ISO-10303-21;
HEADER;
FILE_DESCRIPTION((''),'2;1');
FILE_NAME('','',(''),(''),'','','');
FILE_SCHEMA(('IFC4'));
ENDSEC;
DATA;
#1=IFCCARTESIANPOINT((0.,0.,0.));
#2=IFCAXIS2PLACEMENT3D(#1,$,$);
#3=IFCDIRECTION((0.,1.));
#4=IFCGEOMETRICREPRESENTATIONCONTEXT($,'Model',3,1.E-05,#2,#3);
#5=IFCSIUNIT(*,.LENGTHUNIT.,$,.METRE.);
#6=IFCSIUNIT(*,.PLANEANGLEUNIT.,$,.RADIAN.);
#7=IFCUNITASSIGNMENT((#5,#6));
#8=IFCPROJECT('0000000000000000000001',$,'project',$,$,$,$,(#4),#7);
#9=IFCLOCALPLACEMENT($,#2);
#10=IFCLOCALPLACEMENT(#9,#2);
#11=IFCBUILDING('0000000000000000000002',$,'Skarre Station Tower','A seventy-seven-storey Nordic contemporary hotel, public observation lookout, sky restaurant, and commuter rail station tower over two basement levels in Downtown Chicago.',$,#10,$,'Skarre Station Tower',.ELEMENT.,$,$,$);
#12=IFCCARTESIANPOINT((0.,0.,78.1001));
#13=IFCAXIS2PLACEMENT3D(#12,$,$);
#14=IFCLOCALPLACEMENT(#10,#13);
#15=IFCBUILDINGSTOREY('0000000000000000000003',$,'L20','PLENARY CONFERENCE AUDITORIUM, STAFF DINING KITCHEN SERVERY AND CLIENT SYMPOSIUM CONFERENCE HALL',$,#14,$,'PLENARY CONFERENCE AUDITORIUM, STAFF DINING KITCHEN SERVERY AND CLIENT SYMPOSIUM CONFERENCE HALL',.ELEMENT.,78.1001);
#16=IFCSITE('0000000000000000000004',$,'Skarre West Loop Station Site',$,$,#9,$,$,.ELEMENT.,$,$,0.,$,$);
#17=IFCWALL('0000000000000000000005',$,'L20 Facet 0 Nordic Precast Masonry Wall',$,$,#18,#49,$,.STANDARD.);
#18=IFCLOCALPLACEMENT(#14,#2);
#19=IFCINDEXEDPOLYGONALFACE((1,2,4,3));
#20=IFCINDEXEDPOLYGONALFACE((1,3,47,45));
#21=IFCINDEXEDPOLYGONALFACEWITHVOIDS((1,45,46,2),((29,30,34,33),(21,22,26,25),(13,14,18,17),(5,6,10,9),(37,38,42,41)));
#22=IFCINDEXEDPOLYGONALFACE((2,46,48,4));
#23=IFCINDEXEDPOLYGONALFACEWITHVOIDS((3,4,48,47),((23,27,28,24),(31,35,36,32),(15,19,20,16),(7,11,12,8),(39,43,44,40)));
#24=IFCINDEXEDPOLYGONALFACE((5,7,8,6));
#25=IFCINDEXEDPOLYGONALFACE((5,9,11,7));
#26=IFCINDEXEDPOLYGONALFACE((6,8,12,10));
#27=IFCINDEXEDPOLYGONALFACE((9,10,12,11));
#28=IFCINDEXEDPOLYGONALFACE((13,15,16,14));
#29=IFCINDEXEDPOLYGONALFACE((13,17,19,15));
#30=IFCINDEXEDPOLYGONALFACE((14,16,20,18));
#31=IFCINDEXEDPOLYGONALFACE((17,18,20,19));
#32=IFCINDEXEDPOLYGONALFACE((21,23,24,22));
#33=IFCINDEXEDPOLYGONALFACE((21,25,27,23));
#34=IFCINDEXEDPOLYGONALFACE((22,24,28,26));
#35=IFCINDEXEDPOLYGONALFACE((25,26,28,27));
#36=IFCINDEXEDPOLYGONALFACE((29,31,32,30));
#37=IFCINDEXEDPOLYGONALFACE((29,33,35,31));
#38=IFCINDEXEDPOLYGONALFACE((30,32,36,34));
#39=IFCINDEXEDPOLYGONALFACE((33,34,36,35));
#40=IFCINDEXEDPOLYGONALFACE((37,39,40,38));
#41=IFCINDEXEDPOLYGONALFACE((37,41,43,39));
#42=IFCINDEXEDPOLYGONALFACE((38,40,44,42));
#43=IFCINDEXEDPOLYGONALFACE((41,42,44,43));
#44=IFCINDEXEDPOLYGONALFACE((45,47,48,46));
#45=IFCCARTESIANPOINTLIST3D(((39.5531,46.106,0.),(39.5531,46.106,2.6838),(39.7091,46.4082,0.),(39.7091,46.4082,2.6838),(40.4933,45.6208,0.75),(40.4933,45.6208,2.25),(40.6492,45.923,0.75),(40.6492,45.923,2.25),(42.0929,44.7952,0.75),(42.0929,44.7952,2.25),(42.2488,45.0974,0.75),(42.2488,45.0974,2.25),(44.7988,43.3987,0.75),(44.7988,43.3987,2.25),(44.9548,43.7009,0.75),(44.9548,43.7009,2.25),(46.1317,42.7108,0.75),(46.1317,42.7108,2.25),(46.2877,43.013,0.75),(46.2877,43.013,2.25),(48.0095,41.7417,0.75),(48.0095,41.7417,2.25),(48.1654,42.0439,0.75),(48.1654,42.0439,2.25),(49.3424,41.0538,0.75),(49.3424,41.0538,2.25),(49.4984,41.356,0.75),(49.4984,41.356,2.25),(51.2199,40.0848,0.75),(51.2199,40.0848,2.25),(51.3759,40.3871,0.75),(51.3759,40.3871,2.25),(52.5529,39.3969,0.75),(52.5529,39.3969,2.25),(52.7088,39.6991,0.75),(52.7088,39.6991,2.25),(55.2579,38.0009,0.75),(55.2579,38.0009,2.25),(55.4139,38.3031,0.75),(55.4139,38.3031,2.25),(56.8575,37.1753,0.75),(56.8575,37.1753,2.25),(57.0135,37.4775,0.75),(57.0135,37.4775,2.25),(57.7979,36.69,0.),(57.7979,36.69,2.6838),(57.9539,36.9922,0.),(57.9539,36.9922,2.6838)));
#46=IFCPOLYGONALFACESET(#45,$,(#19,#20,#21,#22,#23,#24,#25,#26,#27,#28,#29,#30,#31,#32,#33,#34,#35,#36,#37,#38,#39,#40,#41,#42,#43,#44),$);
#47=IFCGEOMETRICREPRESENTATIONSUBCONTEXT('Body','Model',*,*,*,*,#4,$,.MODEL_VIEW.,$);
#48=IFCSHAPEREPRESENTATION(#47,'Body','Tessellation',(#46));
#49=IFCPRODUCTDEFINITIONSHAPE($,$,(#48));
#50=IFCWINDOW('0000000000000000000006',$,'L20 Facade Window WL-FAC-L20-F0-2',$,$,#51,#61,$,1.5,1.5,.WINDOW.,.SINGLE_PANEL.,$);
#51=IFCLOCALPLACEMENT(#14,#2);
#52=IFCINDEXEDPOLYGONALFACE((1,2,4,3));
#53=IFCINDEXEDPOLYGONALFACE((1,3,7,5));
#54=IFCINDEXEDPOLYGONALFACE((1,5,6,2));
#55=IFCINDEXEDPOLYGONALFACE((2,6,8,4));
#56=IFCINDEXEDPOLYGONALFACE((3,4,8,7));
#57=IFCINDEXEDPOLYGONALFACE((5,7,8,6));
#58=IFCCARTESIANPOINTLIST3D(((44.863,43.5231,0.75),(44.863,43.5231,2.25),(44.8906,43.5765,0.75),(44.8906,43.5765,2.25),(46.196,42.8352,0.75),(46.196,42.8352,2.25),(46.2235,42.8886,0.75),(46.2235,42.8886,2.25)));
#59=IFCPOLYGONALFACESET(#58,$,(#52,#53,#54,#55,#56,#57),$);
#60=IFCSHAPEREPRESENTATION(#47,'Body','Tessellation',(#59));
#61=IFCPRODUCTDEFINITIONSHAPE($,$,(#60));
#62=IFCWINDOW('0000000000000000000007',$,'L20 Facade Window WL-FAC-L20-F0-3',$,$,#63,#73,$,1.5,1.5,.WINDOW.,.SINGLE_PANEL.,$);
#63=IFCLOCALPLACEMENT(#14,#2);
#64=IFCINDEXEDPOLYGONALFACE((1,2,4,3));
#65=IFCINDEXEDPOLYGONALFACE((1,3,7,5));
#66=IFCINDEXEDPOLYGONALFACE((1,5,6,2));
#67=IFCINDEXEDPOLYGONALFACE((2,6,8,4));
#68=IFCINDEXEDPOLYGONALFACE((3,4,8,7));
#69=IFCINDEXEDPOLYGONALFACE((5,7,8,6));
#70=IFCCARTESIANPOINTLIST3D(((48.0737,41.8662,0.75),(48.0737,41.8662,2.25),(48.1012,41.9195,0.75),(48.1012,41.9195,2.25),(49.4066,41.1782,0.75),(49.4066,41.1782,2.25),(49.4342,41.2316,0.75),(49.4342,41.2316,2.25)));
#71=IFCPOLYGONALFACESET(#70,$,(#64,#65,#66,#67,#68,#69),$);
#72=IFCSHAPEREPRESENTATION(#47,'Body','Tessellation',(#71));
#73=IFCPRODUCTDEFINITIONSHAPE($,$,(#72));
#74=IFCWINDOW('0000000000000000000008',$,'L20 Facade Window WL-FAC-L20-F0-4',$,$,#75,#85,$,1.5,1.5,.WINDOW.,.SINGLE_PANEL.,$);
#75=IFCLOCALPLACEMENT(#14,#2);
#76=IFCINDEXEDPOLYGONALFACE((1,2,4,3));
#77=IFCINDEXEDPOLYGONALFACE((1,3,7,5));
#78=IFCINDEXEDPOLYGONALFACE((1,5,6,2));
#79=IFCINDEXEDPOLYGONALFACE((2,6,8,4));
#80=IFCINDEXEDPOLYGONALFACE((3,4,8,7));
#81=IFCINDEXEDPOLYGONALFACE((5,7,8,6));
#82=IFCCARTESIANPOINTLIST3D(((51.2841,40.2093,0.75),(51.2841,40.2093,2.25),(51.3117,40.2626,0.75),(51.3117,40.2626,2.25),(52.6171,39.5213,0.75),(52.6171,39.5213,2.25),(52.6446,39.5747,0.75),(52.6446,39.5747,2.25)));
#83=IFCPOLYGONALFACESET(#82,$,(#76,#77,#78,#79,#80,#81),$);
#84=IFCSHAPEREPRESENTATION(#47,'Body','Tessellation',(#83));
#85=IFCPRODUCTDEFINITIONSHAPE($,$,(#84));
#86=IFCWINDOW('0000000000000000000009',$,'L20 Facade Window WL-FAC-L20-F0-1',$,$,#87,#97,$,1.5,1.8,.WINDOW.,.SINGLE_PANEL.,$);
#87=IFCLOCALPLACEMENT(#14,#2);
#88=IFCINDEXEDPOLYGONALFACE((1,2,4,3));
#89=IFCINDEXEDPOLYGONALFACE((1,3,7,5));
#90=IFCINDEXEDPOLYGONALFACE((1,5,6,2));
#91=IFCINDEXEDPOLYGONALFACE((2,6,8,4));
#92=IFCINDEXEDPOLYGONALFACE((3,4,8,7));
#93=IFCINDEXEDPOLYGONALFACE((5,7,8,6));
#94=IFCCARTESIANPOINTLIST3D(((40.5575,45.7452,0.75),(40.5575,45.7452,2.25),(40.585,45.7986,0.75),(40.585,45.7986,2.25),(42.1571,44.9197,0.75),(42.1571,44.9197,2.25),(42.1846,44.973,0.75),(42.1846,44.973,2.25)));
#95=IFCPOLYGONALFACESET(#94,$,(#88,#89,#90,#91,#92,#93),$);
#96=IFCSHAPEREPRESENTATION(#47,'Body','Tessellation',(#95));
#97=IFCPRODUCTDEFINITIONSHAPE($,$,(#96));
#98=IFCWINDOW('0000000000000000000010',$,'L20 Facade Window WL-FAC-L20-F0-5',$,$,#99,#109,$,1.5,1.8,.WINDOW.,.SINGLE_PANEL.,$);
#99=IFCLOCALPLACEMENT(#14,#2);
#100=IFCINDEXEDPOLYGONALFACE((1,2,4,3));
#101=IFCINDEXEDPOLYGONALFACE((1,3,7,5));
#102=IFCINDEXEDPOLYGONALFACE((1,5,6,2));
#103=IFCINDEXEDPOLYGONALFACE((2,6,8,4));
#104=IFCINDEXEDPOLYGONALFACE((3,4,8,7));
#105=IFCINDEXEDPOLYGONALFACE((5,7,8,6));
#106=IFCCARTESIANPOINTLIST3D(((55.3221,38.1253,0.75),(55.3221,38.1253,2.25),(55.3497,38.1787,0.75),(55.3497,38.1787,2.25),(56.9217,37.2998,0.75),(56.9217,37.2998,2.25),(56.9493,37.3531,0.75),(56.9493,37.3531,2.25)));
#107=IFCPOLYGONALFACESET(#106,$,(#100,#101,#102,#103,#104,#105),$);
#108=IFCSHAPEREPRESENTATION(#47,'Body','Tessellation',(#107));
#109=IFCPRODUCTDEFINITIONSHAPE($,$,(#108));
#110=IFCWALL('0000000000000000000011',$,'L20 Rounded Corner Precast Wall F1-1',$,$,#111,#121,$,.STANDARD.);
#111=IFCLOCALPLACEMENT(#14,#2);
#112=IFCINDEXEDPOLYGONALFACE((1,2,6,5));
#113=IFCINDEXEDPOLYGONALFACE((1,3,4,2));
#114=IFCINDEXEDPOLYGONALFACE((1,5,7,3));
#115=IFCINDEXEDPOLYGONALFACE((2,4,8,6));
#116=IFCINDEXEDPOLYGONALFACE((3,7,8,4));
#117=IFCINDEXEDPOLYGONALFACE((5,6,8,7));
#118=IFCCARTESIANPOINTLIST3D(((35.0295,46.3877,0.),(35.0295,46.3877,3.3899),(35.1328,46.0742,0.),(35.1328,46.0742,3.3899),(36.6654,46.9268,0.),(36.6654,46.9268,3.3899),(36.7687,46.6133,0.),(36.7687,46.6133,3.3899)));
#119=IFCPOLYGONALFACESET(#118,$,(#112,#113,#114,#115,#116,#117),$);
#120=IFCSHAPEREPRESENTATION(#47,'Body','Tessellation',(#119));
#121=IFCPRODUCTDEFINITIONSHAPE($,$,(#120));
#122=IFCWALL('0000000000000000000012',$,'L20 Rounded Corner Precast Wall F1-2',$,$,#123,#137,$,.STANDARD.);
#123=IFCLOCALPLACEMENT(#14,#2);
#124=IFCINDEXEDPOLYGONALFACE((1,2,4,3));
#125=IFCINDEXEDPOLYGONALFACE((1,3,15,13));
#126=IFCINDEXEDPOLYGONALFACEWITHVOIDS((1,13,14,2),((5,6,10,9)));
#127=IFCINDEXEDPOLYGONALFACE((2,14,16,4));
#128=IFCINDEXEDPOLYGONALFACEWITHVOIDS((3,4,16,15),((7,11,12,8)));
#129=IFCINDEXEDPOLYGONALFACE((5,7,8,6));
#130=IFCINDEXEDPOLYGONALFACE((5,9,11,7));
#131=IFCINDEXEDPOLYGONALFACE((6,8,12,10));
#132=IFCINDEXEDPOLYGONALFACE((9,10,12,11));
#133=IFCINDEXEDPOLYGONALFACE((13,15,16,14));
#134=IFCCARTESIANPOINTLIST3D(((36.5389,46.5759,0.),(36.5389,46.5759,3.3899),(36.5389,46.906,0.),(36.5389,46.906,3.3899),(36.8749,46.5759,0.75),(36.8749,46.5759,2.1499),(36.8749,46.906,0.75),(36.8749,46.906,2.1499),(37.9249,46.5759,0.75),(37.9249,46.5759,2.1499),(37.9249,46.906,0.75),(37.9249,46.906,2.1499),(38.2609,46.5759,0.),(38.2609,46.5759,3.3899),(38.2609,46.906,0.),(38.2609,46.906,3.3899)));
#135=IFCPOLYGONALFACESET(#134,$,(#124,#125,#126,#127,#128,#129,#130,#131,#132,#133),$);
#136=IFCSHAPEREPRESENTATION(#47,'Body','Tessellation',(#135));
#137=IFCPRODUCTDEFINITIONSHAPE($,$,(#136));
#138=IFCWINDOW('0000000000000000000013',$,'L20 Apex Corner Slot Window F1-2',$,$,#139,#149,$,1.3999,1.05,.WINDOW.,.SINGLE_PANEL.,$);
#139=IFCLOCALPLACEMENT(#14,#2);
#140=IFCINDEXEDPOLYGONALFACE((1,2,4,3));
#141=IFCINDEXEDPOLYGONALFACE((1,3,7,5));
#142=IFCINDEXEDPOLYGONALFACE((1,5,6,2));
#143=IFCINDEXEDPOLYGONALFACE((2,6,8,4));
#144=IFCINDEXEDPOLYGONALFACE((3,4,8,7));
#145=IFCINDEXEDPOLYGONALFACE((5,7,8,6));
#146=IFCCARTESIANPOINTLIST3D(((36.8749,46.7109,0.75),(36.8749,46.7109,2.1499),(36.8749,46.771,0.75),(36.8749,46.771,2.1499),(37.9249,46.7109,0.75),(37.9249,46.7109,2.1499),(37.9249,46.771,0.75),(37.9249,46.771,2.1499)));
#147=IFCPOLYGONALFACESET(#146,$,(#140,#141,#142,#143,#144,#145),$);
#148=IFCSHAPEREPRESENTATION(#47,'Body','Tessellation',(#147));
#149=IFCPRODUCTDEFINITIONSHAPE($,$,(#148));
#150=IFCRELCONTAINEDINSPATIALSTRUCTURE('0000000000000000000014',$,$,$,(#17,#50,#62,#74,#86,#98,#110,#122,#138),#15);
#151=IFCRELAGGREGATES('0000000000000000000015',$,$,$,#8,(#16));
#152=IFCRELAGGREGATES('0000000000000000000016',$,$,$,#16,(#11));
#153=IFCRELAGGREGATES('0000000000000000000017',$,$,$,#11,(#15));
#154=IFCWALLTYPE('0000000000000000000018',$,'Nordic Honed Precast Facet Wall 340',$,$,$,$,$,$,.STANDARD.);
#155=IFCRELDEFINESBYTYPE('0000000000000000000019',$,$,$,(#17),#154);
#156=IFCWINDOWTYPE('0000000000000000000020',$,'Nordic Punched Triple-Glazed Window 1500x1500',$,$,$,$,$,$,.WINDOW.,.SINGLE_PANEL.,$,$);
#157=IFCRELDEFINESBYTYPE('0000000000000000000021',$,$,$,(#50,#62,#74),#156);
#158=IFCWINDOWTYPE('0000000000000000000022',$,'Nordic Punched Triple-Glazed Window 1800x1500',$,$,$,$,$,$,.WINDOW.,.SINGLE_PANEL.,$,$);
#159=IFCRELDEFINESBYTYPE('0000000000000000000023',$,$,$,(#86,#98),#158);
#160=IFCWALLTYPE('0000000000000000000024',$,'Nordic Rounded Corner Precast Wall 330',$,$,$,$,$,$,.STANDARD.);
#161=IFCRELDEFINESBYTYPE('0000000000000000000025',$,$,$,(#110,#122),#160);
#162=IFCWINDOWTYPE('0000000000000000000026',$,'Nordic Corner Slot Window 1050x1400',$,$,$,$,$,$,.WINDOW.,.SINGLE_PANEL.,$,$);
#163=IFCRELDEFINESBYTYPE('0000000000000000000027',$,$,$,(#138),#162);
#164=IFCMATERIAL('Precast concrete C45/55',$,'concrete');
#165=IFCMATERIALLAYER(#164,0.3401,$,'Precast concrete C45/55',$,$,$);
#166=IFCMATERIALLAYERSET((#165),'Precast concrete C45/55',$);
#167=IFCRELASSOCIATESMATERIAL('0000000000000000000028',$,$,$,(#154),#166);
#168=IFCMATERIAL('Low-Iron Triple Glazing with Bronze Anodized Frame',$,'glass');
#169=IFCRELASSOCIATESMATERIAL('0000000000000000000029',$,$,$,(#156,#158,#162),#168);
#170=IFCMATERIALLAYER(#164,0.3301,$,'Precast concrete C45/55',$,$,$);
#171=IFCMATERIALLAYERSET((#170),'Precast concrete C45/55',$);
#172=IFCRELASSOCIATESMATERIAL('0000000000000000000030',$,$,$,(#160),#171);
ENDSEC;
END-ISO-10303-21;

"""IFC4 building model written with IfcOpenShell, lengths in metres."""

from ifc_helpers import new_model, si_unit, direction, frame, frame_2d, origin, place, context, subcontext, project, spatial, rectangle, extrude, material, layer, layer_set, type_object, element, fill, save


model = new_model("IFC4")

# Units and contexts
model_context = context("Model", 3, precision=1e-05, world=origin(), true_north=direction((0.0, 1.0)))
body_context = subcontext(model_context, "Body", "Model", "MODEL_VIEW")
ifc_project = project(units=[si_unit("LENGTHUNIT", "METRE"), si_unit("PLANEANGLEUNIT", "RADIAN")], contexts=[model_context])

# Site, building, storey
site_placement = place(None, origin())
site = spatial("IfcSite", under=ifc_project, at=site_placement, Name="Skarre West Loop Station Site", CompositionType="ELEMENT", RefElevation=0.0)
building_placement = place(site_placement, origin())
building = spatial("IfcBuilding", under=site, at=building_placement, Name="Skarre Station Tower", Description="A seventy-seven-storey Nordic contemporary hotel, public observation lookout, sky restaurant, and commuter rail station tower over two basement levels in Downtown Chicago.", LongName="Skarre Station Tower", CompositionType="ELEMENT")
storey_placement = place(building_placement, frame((0.0, 0.0, 78.1001)))
storey = spatial("IfcBuildingStorey", under=building, at=storey_placement, Name="L20", Description="PLENARY CONFERENCE AUDITORIUM, STAFF DINING KITCHEN SERVERY AND CLIENT SYMPOSIUM CONFERENCE HALL", LongName="PLENARY CONFERENCE AUDITORIUM, STAFF DINING KITCHEN SERVERY AND CLIENT SYMPOSIUM CONFERENCE HALL", CompositionType="ELEMENT", Elevation=78.1001)

# Wall, openings, windows
ifc_material_1 = material(Name="Precast concrete C45/55", Category="concrete")
ifc_layer_1 = layer(ifc_material_1, 0.3401, Name="Precast concrete C45/55")
ifc_layer_set_1 = layer_set([ifc_layer_1], Name="Precast concrete C45/55")
wall_type_1 = type_object("IfcWallType", Name="Nordic Honed Precast Facet Wall 340", PredefinedType="STANDARD", material=ifc_layer_set_1)
wall_1_placement = place(storey_placement, frame((39.6311, 46.2571, 0.0), z_axis=(0.0, 0.0, 1.0), x_axis=(0.888634, -0.458616, 0.0)))
wall_1 = element("IfcWall", 1, at=wall_1_placement, inside=storey, type_object=wall_type_1, Name="L20 Facet 0 Nordic Precast Masonry Wall", PredefinedType="STANDARD", context=body_context, shape_type="SweptSolid", body=[
    extrude(rectangle(XDim=20.5312, YDim=0.3401, at=frame_2d((10.2656, 0.0))), origin(), (0.0, 0.0, 1.0), 2.6838),
])
opening_1_placement = place(wall_1_placement, frame((1.0581, 0.0, 0.75)))
opening_1 = element("IfcOpeningElement", 2, at=opening_1_placement, cuts=wall_1, PredefinedType="OPENING", context=body_context, shape_type="SweptSolid", body=[
    extrude(rectangle(XDim=1.8, YDim=1.5, at=frame_2d((0.8999, 0.75))), frame((0.0, 0.1799, 0.0), z_axis=(0.0, -1.0, 0.0), x_axis=(1.0, 0.0, 0.0)), (0.0, 0.0, 1.0), 0.3601),
])
opening_2_placement = place(wall_1_placement, frame((5.9031, 0.0, 0.75)))
opening_2 = element("IfcOpeningElement", 3, at=opening_2_placement, cuts=wall_1, PredefinedType="OPENING", context=body_context, shape_type="SweptSolid", body=[
    extrude(rectangle(XDim=1.5, YDim=1.5, at=frame_2d((0.75, 0.75))), frame((0.0, 0.1799, 0.0), z_axis=(0.0, -1.0, 0.0), x_axis=(1.0, 0.0, 0.0)), (0.0, 0.0, 1.0), 0.3601),
])
opening_3_placement = place(wall_1_placement, frame((9.5161, 0.0, 0.75)))
opening_3 = element("IfcOpeningElement", 4, at=opening_3_placement, cuts=wall_1, PredefinedType="OPENING", context=body_context, shape_type="SweptSolid", body=[
    extrude(rectangle(XDim=1.5, YDim=1.5, at=frame_2d((0.75, 0.75))), frame((0.0, 0.1799, 0.0), z_axis=(0.0, -1.0, 0.0), x_axis=(1.0, 0.0, 0.0)), (0.0, 0.0, 1.0), 0.3601),
])
opening_4_placement = place(wall_1_placement, frame((13.1289, 0.0, 0.75)))
opening_4 = element("IfcOpeningElement", 5, at=opening_4_placement, cuts=wall_1, PredefinedType="OPENING", context=body_context, shape_type="SweptSolid", body=[
    extrude(rectangle(XDim=1.5, YDim=1.5, at=frame_2d((0.75, 0.75))), frame((0.0, 0.1799, 0.0), z_axis=(0.0, -1.0, 0.0), x_axis=(1.0, 0.0, 0.0)), (0.0, 0.0, 1.0), 0.3601),
])
opening_5_placement = place(wall_1_placement, frame((17.6731, 0.0, 0.75)))
opening_5 = element("IfcOpeningElement", 6, at=opening_5_placement, cuts=wall_1, PredefinedType="OPENING", context=body_context, shape_type="SweptSolid", body=[
    extrude(rectangle(XDim=1.8, YDim=1.5, at=frame_2d((0.8999, 0.75))), frame((0.0, 0.1799, 0.0), z_axis=(0.0, -1.0, 0.0), x_axis=(1.0, 0.0, 0.0)), (0.0, 0.0, 1.0), 0.3601),
])
ifc_material_2 = material(Name="Low-Iron Triple Glazing with Bronze Anodized Frame", Category="glass")
window_type_1 = type_object("IfcWindowType", Name="Nordic Punched Triple-Glazed Window 1500x1500", PartitioningType="SINGLE_PANEL", PredefinedType="WINDOW", material=ifc_material_2)
window_1_placement = place(opening_2_placement, origin())
window_1 = element("IfcWindow", 7, at=window_1_placement, inside=storey, type_object=window_type_1, Name="L20 Facade Window WL-FAC-L20-F0-2", OverallHeight=1.5, OverallWidth=1.5, PartitioningType="SINGLE_PANEL", PredefinedType="WINDOW", context=body_context, shape_type="SweptSolid", body=[
    extrude(rectangle(XDim=1.5, YDim=1.5, at=frame_2d((0.75, 0.75))), frame((0.0, 0.03, 0.0), z_axis=(0.0, -1.0, 0.0), x_axis=(1.0, 0.0, 0.0)), (0.0, 0.0, 1.0), 0.0601),
])
fill(opening_2, window_1)
window_2_placement = place(opening_3_placement, origin())
window_2 = element("IfcWindow", 8, at=window_2_placement, inside=storey, type_object=window_type_1, Name="L20 Facade Window WL-FAC-L20-F0-3", OverallHeight=1.5, OverallWidth=1.5, PartitioningType="SINGLE_PANEL", PredefinedType="WINDOW", context=body_context, shape_type="SweptSolid", body=[
    extrude(rectangle(XDim=1.5, YDim=1.5, at=frame_2d((0.75, 0.75))), frame((0.0, 0.03, 0.0), z_axis=(0.0, -1.0, 0.0), x_axis=(1.0, 0.0, 0.0)), (0.0, 0.0, 1.0), 0.0601),
])
fill(opening_3, window_2)
window_3_placement = place(opening_4_placement, origin())
window_3 = element("IfcWindow", 9, at=window_3_placement, inside=storey, type_object=window_type_1, Name="L20 Facade Window WL-FAC-L20-F0-4", OverallHeight=1.5, OverallWidth=1.5, PartitioningType="SINGLE_PANEL", PredefinedType="WINDOW", context=body_context, shape_type="SweptSolid", body=[
    extrude(rectangle(XDim=1.5, YDim=1.5, at=frame_2d((0.75, 0.75))), frame((0.0, 0.03, 0.0), z_axis=(0.0, -1.0, 0.0), x_axis=(1.0, 0.0, 0.0)), (0.0, 0.0, 1.0), 0.0601),
])
fill(opening_4, window_3)
window_type_2 = type_object("IfcWindowType", Name="Nordic Punched Triple-Glazed Window 1800x1500", PartitioningType="SINGLE_PANEL", PredefinedType="WINDOW", material=ifc_material_2)
window_4_placement = place(opening_1_placement, origin())
window_4 = element("IfcWindow", 10, at=window_4_placement, inside=storey, type_object=window_type_2, Name="L20 Facade Window WL-FAC-L20-F0-1", OverallHeight=1.5, OverallWidth=1.8, PartitioningType="SINGLE_PANEL", PredefinedType="WINDOW", context=body_context, shape_type="SweptSolid", body=[
    extrude(rectangle(XDim=1.8, YDim=1.5, at=frame_2d((0.8999, 0.75))), frame((0.0, 0.03, 0.0), z_axis=(0.0, -1.0, 0.0), x_axis=(1.0, 0.0, 0.0)), (0.0, 0.0, 1.0), 0.0601),
])
fill(opening_1, window_4)
window_5_placement = place(opening_5_placement, origin())
window_5 = element("IfcWindow", 11, at=window_5_placement, inside=storey, type_object=window_type_2, Name="L20 Facade Window WL-FAC-L20-F0-5", OverallHeight=1.5, OverallWidth=1.8, PartitioningType="SINGLE_PANEL", PredefinedType="WINDOW", context=body_context, shape_type="SweptSolid", body=[
    extrude(rectangle(XDim=1.8, YDim=1.5, at=frame_2d((0.8999, 0.75))), frame((0.0, 0.03, 0.0), z_axis=(0.0, -1.0, 0.0), x_axis=(1.0, 0.0, 0.0)), (0.0, 0.0, 1.0), 0.0601),
])
fill(opening_5, window_5)

# Wall
ifc_layer_2 = layer(ifc_material_1, 0.3301, Name="Precast concrete C45/55")
ifc_layer_set_2 = layer_set([ifc_layer_2], Name="Precast concrete C45/55")
wall_type_2 = type_object("IfcWallType", Name="Nordic Rounded Corner Precast Wall 330", PredefinedType="STANDARD", material=ifc_layer_set_2)
wall_2_placement = place(storey_placement, frame((35.0811, 46.231, 0.0), z_axis=(0.0, 0.0, 1.0), x_axis=(0.949769, 0.312952, 0.0)))
element("IfcWall", 12, at=wall_2_placement, inside=storey, type_object=wall_type_2, Name="L20 Rounded Corner Precast Wall F1-1", PredefinedType="STANDARD", context=body_context, shape_type="SweptSolid", body=[
    extrude(rectangle(XDim=1.7224, YDim=0.3301, at=frame_2d((0.8613, 0.0))), origin(), (0.0, 0.0, 1.0), 3.3899),
])

# Wall, opening, window
wall_3_placement = place(storey_placement, frame((36.5391, 46.741, 0.0), z_axis=(0.0, 0.0, 1.0), x_axis=(1.0, 0.0, 0.0)))
wall_3 = element("IfcWall", 13, at=wall_3_placement, inside=storey, type_object=wall_type_2, Name="L20 Rounded Corner Precast Wall F1-2", PredefinedType="STANDARD", context=body_context, shape_type="SweptSolid", body=[
    extrude(rectangle(XDim=1.7219, YDim=0.3301, at=frame_2d((0.8608, 0.0))), origin(), (0.0, 0.0, 1.0), 3.3899),
])
opening_6_placement = place(wall_3_placement, frame((0.3359, 0.0, 0.75)))
opening_6 = element("IfcOpeningElement", 14, at=opening_6_placement, cuts=wall_3, PredefinedType="OPENING", context=body_context, shape_type="SweptSolid", body=[
    extrude(rectangle(XDim=1.05, YDim=1.3999, at=frame_2d((0.5249, 0.7))), frame((0.0, 0.175, 0.0), z_axis=(0.0, -1.0, 0.0), x_axis=(1.0, 0.0, 0.0)), (0.0, 0.0, 1.0), 0.3501),
])
window_type_3 = type_object("IfcWindowType", Name="Nordic Corner Slot Window 1050x1400", PartitioningType="SINGLE_PANEL", PredefinedType="WINDOW", material=ifc_material_2)
window_6_placement = place(opening_6_placement, origin())
window_6 = element("IfcWindow", 15, at=window_6_placement, inside=storey, type_object=window_type_3, Name="L20 Apex Corner Slot Window F1-2", OverallHeight=1.3999, OverallWidth=1.05, PartitioningType="SINGLE_PANEL", PredefinedType="WINDOW", context=body_context, shape_type="SweptSolid", body=[
    extrude(rectangle(XDim=1.05, YDim=1.3999, at=frame_2d((0.5249, 0.7))), frame((0.0, 0.03, 0.0), z_axis=(0.0, -1.0, 0.0), x_axis=(1.0, 0.0, 0.0)), (0.0, 0.0, 1.0), 0.0601),
])
fill(opening_6, window_6)

save(model, "model.ifc")
